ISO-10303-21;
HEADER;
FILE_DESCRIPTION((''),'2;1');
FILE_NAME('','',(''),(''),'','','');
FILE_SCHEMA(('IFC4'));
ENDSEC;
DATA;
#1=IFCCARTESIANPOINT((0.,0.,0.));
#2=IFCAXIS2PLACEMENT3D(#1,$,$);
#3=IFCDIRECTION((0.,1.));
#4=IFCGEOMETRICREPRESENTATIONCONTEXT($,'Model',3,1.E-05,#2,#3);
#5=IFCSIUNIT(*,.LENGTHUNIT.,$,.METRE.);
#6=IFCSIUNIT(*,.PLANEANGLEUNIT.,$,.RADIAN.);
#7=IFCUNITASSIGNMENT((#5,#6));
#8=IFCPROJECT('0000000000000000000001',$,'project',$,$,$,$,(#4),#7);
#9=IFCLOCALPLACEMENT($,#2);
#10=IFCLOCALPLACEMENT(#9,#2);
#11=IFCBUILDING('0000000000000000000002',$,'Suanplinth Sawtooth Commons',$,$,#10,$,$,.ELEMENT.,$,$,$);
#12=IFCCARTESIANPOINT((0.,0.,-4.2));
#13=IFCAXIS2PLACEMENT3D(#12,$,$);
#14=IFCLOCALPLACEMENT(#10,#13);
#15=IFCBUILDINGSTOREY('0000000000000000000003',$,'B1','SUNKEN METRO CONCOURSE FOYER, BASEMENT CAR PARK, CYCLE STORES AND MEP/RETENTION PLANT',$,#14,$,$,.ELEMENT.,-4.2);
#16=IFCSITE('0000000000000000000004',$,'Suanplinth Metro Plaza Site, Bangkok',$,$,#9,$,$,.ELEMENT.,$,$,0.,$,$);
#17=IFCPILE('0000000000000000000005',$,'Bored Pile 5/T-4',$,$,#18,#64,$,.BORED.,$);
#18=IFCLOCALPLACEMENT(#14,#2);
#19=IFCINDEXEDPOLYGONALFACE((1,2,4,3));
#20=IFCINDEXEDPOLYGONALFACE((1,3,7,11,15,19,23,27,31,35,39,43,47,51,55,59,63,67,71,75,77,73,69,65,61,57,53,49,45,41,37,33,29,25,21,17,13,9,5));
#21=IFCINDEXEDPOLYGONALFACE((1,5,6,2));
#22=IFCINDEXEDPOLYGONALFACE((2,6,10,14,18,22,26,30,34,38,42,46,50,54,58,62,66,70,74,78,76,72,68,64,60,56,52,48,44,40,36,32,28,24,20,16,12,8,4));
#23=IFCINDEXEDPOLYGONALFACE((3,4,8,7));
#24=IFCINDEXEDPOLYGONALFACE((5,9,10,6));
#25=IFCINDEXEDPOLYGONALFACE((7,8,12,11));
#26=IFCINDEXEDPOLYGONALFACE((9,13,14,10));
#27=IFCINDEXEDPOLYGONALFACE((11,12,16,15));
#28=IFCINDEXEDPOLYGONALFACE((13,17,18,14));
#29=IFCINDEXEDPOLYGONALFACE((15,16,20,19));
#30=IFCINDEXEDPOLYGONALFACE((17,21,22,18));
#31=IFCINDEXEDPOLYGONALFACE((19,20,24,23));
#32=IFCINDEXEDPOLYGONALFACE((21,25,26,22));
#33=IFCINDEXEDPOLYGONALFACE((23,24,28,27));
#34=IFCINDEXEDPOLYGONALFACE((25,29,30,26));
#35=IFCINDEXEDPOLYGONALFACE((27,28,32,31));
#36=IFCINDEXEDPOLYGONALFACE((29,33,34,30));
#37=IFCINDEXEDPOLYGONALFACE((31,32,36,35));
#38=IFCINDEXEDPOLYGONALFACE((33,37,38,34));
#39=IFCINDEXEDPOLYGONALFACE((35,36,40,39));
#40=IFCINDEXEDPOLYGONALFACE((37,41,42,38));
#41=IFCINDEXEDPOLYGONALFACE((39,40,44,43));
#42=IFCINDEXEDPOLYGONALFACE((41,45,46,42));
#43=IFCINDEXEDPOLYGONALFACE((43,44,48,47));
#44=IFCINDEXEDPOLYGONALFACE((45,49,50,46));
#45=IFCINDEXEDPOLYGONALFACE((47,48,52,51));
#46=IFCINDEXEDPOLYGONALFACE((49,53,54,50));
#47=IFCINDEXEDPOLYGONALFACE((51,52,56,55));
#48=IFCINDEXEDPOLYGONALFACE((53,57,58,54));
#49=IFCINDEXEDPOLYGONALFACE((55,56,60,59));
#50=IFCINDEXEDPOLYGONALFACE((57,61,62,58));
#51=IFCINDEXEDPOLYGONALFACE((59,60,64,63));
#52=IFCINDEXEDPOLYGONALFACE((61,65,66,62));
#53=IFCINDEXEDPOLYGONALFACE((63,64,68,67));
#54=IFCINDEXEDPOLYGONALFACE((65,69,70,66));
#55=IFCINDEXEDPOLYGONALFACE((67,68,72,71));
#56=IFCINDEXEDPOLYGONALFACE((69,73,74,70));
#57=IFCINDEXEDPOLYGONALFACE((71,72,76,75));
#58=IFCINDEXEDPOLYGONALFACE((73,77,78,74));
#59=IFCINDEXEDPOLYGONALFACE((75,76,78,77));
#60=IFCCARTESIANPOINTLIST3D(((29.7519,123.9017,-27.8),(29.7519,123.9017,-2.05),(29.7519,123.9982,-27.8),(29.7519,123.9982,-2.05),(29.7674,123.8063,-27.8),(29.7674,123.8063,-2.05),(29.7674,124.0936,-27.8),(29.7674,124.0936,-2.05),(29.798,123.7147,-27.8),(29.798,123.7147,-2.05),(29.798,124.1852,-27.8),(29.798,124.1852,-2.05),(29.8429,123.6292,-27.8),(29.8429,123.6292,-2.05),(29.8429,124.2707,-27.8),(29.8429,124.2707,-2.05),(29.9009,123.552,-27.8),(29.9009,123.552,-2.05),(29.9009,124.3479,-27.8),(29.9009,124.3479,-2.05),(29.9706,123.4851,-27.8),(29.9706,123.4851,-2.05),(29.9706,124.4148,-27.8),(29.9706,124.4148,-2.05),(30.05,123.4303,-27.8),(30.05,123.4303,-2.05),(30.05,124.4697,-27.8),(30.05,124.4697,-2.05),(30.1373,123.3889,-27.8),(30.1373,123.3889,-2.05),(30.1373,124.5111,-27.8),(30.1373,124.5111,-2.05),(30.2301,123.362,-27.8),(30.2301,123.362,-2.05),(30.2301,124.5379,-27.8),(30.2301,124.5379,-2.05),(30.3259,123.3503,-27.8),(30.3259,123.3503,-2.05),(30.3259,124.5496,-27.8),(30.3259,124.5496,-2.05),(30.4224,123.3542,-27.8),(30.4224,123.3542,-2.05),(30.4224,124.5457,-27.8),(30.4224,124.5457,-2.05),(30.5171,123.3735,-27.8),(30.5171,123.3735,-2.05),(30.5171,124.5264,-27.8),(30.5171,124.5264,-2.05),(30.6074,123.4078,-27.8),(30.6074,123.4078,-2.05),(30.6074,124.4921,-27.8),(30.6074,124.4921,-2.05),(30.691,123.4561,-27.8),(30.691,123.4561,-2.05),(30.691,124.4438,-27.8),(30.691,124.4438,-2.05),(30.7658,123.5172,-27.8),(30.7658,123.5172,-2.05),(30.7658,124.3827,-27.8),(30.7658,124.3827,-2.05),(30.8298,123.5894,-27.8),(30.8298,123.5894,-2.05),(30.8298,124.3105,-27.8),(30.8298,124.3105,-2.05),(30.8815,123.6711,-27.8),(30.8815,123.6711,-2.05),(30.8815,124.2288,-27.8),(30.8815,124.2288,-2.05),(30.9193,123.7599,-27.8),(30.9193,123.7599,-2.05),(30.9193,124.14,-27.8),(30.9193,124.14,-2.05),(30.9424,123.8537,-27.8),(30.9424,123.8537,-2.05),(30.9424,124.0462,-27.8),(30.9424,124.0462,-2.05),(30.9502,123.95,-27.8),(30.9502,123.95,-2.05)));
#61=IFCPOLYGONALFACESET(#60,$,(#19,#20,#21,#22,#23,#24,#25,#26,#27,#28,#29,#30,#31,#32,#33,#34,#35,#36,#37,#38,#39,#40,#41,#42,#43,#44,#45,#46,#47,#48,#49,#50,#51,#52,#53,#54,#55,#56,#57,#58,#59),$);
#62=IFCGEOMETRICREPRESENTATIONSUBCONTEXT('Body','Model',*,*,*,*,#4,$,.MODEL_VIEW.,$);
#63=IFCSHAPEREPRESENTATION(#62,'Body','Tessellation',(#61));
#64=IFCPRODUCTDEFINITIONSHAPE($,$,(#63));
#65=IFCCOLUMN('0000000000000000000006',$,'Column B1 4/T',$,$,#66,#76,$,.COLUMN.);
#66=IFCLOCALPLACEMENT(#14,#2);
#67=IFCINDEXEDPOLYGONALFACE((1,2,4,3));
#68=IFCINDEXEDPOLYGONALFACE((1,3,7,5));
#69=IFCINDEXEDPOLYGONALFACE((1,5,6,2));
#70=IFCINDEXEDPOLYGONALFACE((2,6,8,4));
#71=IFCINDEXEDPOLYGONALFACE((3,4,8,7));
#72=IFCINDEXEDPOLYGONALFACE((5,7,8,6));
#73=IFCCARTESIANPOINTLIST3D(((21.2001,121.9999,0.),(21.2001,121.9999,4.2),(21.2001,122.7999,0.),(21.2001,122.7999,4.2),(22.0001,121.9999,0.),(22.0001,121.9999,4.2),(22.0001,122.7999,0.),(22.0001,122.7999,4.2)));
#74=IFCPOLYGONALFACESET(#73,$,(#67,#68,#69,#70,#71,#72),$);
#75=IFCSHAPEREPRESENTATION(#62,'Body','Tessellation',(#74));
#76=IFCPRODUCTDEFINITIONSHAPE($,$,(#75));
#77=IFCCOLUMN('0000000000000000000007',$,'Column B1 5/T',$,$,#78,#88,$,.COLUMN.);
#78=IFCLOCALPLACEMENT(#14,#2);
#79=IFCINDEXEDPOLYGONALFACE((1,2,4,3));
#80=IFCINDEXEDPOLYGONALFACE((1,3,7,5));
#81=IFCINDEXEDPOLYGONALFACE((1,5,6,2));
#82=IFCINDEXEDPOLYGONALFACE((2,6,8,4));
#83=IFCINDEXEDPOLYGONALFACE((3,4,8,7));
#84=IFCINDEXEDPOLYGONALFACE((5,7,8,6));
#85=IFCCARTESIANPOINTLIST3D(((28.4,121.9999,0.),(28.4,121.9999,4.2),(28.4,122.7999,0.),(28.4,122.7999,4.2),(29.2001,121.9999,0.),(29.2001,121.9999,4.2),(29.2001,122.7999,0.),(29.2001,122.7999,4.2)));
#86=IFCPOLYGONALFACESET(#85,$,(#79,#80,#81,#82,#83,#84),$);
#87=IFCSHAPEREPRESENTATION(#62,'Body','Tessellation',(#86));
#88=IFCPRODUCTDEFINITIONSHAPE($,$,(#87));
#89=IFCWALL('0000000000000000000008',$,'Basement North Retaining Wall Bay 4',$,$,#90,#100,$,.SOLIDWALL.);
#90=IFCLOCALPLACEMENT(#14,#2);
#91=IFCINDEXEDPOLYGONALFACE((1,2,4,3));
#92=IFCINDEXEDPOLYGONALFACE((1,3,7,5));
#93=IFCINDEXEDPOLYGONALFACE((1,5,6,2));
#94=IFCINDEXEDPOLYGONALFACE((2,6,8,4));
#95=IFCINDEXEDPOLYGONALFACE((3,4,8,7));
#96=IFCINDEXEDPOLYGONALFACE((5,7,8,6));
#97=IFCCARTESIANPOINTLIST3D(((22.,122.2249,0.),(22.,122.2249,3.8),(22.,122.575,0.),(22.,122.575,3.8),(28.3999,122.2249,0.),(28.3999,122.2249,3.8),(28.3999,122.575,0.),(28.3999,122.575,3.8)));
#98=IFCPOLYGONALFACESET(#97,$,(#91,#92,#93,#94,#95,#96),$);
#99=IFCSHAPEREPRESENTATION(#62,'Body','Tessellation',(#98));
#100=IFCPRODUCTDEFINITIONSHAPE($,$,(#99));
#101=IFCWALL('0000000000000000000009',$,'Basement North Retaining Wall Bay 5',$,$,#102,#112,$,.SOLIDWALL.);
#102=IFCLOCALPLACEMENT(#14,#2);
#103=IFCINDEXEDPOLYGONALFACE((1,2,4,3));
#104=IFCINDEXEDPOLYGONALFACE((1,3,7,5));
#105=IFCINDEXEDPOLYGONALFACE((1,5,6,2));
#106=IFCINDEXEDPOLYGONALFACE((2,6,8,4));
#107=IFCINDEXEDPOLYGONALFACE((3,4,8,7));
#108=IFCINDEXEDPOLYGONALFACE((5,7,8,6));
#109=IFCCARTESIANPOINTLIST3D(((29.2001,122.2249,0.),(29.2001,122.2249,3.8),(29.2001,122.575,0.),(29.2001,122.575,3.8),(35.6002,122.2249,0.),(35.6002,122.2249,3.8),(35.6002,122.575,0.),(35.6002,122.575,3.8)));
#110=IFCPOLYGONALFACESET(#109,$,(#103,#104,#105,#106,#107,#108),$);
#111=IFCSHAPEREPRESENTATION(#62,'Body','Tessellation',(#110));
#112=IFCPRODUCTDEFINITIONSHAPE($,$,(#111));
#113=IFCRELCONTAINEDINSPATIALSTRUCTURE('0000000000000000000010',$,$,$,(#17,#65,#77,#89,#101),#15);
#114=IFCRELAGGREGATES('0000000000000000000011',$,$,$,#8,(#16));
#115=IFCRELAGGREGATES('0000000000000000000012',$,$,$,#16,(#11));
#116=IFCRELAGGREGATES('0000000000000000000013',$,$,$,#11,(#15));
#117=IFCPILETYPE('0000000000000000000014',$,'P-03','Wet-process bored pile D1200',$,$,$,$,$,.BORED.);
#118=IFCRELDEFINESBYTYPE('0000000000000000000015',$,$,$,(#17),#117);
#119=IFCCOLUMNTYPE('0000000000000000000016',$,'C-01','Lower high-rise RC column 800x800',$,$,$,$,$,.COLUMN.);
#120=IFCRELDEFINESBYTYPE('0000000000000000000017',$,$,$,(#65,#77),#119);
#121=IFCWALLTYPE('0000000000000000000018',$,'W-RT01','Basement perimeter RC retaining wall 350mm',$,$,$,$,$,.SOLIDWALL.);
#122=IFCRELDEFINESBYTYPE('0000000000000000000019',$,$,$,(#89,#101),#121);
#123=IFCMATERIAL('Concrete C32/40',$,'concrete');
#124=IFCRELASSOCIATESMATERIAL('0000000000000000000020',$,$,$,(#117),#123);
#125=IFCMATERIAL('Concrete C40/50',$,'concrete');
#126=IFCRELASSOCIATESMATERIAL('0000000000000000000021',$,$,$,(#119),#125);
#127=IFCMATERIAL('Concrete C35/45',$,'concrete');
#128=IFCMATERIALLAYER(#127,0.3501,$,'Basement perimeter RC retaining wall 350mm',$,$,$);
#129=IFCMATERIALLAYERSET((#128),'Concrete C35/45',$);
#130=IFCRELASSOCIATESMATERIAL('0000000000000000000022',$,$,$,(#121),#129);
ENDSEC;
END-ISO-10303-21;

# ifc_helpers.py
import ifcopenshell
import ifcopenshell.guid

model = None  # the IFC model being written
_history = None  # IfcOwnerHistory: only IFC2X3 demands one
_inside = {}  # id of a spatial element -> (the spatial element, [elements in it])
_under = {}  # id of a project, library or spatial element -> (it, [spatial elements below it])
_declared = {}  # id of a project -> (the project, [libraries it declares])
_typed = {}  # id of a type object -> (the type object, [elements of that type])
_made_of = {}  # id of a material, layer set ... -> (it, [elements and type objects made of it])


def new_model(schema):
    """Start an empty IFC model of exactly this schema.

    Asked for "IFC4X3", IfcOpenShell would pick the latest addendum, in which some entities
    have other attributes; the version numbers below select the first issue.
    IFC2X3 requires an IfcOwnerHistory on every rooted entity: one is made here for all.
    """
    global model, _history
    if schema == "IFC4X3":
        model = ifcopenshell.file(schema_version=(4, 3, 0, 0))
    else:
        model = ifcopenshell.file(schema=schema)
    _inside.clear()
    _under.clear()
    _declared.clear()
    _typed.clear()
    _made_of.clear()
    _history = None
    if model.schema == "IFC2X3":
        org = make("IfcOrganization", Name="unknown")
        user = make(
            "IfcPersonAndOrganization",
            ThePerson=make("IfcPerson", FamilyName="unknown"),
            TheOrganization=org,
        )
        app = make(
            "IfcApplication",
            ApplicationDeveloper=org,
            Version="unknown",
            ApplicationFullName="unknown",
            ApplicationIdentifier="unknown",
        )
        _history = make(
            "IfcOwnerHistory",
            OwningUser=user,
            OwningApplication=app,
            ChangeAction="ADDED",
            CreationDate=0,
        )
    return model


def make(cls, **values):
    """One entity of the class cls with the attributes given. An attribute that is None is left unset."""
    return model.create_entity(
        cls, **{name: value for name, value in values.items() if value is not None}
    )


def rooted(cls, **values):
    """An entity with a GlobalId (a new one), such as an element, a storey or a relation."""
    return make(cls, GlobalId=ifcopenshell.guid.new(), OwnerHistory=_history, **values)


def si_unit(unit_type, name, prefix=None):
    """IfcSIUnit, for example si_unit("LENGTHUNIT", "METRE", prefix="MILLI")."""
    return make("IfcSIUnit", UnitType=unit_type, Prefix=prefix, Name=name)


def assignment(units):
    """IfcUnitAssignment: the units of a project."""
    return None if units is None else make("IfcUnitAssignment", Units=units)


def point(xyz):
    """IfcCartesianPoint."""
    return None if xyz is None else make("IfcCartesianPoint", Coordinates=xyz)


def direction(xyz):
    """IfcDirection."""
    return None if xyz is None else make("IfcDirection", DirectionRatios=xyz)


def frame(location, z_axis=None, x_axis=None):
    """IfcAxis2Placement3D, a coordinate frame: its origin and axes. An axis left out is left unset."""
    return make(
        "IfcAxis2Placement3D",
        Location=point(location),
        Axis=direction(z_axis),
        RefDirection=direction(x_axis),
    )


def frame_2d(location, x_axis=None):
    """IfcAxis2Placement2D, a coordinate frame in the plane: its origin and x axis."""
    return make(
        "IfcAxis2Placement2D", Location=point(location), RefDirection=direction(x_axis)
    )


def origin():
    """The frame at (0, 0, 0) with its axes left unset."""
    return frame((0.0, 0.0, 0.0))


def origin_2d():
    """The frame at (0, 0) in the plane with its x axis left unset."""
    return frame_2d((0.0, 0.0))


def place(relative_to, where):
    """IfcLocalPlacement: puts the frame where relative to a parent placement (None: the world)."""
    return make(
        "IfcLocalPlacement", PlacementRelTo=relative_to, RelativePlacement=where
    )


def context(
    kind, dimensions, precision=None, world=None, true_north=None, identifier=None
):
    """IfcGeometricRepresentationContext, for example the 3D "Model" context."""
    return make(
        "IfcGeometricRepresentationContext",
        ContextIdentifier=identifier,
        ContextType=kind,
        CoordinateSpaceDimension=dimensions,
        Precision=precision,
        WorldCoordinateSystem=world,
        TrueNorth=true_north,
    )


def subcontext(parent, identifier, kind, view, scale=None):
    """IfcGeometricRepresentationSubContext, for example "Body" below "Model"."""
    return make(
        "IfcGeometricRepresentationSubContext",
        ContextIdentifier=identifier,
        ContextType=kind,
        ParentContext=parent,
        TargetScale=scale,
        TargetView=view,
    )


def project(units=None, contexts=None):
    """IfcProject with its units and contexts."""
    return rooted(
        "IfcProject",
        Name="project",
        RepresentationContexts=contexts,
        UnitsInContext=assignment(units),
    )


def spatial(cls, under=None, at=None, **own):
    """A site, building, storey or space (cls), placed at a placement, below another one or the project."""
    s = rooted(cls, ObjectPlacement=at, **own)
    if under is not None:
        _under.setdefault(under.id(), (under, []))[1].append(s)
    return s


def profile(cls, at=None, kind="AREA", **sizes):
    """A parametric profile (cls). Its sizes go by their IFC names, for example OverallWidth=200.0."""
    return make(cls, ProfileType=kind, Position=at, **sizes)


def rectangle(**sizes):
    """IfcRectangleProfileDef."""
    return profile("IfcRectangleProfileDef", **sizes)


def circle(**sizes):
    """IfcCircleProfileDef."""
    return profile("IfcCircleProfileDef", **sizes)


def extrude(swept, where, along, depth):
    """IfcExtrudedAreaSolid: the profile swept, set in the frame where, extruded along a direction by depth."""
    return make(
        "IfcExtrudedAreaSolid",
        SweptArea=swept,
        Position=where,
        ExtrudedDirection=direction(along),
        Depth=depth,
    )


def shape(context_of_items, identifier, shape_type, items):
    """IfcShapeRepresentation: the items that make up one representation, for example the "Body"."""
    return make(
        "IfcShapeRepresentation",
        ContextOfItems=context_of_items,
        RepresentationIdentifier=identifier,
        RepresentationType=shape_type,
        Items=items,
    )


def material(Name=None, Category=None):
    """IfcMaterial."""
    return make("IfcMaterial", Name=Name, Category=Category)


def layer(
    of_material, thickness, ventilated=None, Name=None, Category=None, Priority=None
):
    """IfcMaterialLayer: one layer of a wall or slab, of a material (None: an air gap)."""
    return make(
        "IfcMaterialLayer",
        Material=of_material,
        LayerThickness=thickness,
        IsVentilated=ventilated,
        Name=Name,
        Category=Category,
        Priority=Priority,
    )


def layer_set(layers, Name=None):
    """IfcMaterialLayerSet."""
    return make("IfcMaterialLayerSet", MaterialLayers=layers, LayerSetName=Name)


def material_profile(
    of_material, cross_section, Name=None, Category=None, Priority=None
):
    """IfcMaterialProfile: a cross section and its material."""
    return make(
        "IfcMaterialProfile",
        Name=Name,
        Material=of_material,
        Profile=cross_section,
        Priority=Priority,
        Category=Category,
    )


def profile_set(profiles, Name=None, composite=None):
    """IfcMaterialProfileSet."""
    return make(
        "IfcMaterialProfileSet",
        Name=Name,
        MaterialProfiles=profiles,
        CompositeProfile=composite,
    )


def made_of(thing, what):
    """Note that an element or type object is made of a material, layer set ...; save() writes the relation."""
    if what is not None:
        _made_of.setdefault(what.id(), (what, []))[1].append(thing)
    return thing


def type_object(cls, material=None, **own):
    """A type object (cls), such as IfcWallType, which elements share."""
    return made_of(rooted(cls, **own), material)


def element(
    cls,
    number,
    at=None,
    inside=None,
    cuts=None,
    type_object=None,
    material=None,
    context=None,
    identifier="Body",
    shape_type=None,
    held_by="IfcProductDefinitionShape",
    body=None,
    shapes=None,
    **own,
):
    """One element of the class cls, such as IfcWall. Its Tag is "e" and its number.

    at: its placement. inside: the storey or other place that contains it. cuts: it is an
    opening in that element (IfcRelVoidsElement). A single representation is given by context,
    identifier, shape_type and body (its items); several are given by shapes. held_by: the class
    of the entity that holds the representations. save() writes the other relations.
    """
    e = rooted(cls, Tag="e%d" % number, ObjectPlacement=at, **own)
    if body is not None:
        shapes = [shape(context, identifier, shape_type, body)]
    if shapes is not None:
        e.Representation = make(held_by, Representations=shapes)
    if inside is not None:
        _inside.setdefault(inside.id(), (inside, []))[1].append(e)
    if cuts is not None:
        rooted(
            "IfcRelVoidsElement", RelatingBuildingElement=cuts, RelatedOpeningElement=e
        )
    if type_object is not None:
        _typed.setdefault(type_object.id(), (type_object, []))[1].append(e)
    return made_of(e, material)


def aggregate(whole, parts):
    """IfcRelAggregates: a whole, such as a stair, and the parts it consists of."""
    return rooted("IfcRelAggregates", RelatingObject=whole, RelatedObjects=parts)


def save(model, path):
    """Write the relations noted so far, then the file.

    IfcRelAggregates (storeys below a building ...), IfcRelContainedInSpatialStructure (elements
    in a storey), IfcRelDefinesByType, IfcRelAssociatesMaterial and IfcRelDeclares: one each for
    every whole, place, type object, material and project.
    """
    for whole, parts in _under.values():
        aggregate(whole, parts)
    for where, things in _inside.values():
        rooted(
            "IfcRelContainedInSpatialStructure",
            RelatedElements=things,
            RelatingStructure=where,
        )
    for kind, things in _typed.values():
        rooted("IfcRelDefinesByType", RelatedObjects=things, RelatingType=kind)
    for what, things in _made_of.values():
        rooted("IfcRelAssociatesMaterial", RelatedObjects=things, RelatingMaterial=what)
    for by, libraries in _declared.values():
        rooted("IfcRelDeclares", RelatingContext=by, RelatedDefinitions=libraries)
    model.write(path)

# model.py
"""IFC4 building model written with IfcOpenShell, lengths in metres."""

from ifc_helpers import new_model, si_unit, direction, frame, frame_2d, origin, origin_2d, place, context, subcontext, project, spatial, rectangle, circle, extrude, material, layer, layer_set, material_profile, profile_set, type_object, element, save


model = new_model("IFC4")

# Units and contexts
model_context = context("Model", 3, precision=1e-05, world=origin(), true_north=direction((0.0, 1.0)))
body_context = subcontext(model_context, "Body", "Model", "MODEL_VIEW")
ifc_project = project(units=[si_unit("LENGTHUNIT", "METRE"), si_unit("PLANEANGLEUNIT", "RADIAN")], contexts=[model_context])

# Site, building, storey
site_placement = place(None, origin())
site = spatial("IfcSite", under=ifc_project, at=site_placement, Name="Suanplinth Metro Plaza Site, Bangkok", CompositionType="ELEMENT", RefElevation=0.0)
building_placement = place(site_placement, origin())
building = spatial("IfcBuilding", under=site, at=building_placement, Name="Suanplinth Sawtooth Commons", CompositionType="ELEMENT")
storey_placement = place(building_placement, frame((0.0, 0.0, -4.2)))
storey = spatial("IfcBuildingStorey", under=building, at=storey_placement, Name="B1", Description="SUNKEN METRO CONCOURSE FOYER, BASEMENT CAR PARK, CYCLE STORES AND MEP/RETENTION PLANT", CompositionType="ELEMENT", Elevation=-4.2)

# Shared definitions
ifc_material_1 = material(Name="Concrete C35/45", Category="concrete")

# Pile
ifc_material_2 = material(Name="Concrete C32/40", Category="concrete")
ifc_material_profile_1 = material_profile(ifc_material_2, circle(Radius=0.6001, at=origin_2d()), Name="PILE D1200")
ifc_profile_set_1 = profile_set([ifc_material_profile_1], Name="Concrete C32/40")
pile_type = type_object("IfcPileType", Name="P-03", Description="Wet-process bored pile D1200", PredefinedType="BORED", material=ifc_profile_set_1)
for number, where, z_axis, x_axis, name in (
    (1, (30.3501, 123.95, -2.05), (0.0, 0.0, -1.0), (1.0, 0.0, 0.0), "Bored Pile 5/T-4"),
):
    element("IfcPile", number, at=place(storey_placement, frame(where, z_axis=z_axis, x_axis=x_axis)), inside=storey, type_object=pile_type, Name=name, PredefinedType="BORED", context=body_context, shape_type="SweptSolid", body=[
        extrude(circle(Radius=0.6001, at=origin_2d()), origin(), (0.0, 0.0, 1.0), 25.75),
    ])

# Columns
ifc_material_3 = material(Name="Concrete C40/50", Category="concrete")
ifc_material_profile_2 = material_profile(ifc_material_3, rectangle(XDim=0.8, YDim=0.8, at=origin_2d()), Name="RC-COL 800x800")
ifc_profile_set_2 = profile_set([ifc_material_profile_2], Name="Concrete C40/50")
column_type = type_object("IfcColumnType", Name="C-01", Description="Lower high-rise RC column 800x800", PredefinedType="COLUMN", material=ifc_profile_set_2)
for number, where, z_axis, x_axis, name in (
    (2, (21.6001, 122.3999, 0.0), (0.0, 0.0, 1.0), (1.0, 0.0, 0.0), "Column B1 4/T"),
    (3, (28.8, 122.3999, 0.0), (0.0, 0.0, 1.0), (1.0, 0.0, 0.0), "Column B1 5/T"),
):
    element("IfcColumn", number, at=place(storey_placement, frame(where, z_axis=z_axis, x_axis=x_axis)), inside=storey, type_object=column_type, Name=name, PredefinedType="COLUMN", context=body_context, shape_type="SweptSolid", body=[
        extrude(rectangle(XDim=0.8, YDim=0.8, at=origin_2d()), origin(), (0.0, 0.0, 1.0), 4.2),
    ])

# Walls
ifc_layer = layer(ifc_material_1, 0.3501, Name="Basement perimeter RC retaining wall 350mm")
ifc_layer_set = layer_set([ifc_layer], Name="Concrete C35/45")
wall_type = type_object("IfcWallType", Name="W-RT01", Description="Basement perimeter RC retaining wall 350mm", PredefinedType="SOLIDWALL", material=ifc_layer_set)
wall_1_placement = place(storey_placement, frame((22.0, 122.3999, 0.0), z_axis=(0.0, 0.0, 1.0), x_axis=(1.0, 0.0, 0.0)))
element("IfcWall", 4, at=wall_1_placement, inside=storey, type_object=wall_type, Name="Basement North Retaining Wall Bay 4", PredefinedType="SOLIDWALL", context=body_context, shape_type="SweptSolid", body=[
    extrude(rectangle(XDim=6.3999, YDim=0.3501, at=frame_2d((3.2, 0.0))), origin(), (0.0, 0.0, 1.0), 3.8),
])
wall_2_placement = place(storey_placement, frame((29.2, 122.3999, 0.0), z_axis=(0.0, 0.0, 1.0), x_axis=(1.0, 0.0, 0.0)))
element("IfcWall", 5, at=wall_2_placement, inside=storey, type_object=wall_type, Name="Basement North Retaining Wall Bay 5", PredefinedType="SOLIDWALL", context=body_context, shape_type="SweptSolid", body=[
    extrude(rectangle(XDim=6.4001, YDim=0.3501, at=frame_2d((3.2002, 0.0))), origin(), (0.0, 0.0, 1.0), 3.8),
])

save(model, "model.ifc")
